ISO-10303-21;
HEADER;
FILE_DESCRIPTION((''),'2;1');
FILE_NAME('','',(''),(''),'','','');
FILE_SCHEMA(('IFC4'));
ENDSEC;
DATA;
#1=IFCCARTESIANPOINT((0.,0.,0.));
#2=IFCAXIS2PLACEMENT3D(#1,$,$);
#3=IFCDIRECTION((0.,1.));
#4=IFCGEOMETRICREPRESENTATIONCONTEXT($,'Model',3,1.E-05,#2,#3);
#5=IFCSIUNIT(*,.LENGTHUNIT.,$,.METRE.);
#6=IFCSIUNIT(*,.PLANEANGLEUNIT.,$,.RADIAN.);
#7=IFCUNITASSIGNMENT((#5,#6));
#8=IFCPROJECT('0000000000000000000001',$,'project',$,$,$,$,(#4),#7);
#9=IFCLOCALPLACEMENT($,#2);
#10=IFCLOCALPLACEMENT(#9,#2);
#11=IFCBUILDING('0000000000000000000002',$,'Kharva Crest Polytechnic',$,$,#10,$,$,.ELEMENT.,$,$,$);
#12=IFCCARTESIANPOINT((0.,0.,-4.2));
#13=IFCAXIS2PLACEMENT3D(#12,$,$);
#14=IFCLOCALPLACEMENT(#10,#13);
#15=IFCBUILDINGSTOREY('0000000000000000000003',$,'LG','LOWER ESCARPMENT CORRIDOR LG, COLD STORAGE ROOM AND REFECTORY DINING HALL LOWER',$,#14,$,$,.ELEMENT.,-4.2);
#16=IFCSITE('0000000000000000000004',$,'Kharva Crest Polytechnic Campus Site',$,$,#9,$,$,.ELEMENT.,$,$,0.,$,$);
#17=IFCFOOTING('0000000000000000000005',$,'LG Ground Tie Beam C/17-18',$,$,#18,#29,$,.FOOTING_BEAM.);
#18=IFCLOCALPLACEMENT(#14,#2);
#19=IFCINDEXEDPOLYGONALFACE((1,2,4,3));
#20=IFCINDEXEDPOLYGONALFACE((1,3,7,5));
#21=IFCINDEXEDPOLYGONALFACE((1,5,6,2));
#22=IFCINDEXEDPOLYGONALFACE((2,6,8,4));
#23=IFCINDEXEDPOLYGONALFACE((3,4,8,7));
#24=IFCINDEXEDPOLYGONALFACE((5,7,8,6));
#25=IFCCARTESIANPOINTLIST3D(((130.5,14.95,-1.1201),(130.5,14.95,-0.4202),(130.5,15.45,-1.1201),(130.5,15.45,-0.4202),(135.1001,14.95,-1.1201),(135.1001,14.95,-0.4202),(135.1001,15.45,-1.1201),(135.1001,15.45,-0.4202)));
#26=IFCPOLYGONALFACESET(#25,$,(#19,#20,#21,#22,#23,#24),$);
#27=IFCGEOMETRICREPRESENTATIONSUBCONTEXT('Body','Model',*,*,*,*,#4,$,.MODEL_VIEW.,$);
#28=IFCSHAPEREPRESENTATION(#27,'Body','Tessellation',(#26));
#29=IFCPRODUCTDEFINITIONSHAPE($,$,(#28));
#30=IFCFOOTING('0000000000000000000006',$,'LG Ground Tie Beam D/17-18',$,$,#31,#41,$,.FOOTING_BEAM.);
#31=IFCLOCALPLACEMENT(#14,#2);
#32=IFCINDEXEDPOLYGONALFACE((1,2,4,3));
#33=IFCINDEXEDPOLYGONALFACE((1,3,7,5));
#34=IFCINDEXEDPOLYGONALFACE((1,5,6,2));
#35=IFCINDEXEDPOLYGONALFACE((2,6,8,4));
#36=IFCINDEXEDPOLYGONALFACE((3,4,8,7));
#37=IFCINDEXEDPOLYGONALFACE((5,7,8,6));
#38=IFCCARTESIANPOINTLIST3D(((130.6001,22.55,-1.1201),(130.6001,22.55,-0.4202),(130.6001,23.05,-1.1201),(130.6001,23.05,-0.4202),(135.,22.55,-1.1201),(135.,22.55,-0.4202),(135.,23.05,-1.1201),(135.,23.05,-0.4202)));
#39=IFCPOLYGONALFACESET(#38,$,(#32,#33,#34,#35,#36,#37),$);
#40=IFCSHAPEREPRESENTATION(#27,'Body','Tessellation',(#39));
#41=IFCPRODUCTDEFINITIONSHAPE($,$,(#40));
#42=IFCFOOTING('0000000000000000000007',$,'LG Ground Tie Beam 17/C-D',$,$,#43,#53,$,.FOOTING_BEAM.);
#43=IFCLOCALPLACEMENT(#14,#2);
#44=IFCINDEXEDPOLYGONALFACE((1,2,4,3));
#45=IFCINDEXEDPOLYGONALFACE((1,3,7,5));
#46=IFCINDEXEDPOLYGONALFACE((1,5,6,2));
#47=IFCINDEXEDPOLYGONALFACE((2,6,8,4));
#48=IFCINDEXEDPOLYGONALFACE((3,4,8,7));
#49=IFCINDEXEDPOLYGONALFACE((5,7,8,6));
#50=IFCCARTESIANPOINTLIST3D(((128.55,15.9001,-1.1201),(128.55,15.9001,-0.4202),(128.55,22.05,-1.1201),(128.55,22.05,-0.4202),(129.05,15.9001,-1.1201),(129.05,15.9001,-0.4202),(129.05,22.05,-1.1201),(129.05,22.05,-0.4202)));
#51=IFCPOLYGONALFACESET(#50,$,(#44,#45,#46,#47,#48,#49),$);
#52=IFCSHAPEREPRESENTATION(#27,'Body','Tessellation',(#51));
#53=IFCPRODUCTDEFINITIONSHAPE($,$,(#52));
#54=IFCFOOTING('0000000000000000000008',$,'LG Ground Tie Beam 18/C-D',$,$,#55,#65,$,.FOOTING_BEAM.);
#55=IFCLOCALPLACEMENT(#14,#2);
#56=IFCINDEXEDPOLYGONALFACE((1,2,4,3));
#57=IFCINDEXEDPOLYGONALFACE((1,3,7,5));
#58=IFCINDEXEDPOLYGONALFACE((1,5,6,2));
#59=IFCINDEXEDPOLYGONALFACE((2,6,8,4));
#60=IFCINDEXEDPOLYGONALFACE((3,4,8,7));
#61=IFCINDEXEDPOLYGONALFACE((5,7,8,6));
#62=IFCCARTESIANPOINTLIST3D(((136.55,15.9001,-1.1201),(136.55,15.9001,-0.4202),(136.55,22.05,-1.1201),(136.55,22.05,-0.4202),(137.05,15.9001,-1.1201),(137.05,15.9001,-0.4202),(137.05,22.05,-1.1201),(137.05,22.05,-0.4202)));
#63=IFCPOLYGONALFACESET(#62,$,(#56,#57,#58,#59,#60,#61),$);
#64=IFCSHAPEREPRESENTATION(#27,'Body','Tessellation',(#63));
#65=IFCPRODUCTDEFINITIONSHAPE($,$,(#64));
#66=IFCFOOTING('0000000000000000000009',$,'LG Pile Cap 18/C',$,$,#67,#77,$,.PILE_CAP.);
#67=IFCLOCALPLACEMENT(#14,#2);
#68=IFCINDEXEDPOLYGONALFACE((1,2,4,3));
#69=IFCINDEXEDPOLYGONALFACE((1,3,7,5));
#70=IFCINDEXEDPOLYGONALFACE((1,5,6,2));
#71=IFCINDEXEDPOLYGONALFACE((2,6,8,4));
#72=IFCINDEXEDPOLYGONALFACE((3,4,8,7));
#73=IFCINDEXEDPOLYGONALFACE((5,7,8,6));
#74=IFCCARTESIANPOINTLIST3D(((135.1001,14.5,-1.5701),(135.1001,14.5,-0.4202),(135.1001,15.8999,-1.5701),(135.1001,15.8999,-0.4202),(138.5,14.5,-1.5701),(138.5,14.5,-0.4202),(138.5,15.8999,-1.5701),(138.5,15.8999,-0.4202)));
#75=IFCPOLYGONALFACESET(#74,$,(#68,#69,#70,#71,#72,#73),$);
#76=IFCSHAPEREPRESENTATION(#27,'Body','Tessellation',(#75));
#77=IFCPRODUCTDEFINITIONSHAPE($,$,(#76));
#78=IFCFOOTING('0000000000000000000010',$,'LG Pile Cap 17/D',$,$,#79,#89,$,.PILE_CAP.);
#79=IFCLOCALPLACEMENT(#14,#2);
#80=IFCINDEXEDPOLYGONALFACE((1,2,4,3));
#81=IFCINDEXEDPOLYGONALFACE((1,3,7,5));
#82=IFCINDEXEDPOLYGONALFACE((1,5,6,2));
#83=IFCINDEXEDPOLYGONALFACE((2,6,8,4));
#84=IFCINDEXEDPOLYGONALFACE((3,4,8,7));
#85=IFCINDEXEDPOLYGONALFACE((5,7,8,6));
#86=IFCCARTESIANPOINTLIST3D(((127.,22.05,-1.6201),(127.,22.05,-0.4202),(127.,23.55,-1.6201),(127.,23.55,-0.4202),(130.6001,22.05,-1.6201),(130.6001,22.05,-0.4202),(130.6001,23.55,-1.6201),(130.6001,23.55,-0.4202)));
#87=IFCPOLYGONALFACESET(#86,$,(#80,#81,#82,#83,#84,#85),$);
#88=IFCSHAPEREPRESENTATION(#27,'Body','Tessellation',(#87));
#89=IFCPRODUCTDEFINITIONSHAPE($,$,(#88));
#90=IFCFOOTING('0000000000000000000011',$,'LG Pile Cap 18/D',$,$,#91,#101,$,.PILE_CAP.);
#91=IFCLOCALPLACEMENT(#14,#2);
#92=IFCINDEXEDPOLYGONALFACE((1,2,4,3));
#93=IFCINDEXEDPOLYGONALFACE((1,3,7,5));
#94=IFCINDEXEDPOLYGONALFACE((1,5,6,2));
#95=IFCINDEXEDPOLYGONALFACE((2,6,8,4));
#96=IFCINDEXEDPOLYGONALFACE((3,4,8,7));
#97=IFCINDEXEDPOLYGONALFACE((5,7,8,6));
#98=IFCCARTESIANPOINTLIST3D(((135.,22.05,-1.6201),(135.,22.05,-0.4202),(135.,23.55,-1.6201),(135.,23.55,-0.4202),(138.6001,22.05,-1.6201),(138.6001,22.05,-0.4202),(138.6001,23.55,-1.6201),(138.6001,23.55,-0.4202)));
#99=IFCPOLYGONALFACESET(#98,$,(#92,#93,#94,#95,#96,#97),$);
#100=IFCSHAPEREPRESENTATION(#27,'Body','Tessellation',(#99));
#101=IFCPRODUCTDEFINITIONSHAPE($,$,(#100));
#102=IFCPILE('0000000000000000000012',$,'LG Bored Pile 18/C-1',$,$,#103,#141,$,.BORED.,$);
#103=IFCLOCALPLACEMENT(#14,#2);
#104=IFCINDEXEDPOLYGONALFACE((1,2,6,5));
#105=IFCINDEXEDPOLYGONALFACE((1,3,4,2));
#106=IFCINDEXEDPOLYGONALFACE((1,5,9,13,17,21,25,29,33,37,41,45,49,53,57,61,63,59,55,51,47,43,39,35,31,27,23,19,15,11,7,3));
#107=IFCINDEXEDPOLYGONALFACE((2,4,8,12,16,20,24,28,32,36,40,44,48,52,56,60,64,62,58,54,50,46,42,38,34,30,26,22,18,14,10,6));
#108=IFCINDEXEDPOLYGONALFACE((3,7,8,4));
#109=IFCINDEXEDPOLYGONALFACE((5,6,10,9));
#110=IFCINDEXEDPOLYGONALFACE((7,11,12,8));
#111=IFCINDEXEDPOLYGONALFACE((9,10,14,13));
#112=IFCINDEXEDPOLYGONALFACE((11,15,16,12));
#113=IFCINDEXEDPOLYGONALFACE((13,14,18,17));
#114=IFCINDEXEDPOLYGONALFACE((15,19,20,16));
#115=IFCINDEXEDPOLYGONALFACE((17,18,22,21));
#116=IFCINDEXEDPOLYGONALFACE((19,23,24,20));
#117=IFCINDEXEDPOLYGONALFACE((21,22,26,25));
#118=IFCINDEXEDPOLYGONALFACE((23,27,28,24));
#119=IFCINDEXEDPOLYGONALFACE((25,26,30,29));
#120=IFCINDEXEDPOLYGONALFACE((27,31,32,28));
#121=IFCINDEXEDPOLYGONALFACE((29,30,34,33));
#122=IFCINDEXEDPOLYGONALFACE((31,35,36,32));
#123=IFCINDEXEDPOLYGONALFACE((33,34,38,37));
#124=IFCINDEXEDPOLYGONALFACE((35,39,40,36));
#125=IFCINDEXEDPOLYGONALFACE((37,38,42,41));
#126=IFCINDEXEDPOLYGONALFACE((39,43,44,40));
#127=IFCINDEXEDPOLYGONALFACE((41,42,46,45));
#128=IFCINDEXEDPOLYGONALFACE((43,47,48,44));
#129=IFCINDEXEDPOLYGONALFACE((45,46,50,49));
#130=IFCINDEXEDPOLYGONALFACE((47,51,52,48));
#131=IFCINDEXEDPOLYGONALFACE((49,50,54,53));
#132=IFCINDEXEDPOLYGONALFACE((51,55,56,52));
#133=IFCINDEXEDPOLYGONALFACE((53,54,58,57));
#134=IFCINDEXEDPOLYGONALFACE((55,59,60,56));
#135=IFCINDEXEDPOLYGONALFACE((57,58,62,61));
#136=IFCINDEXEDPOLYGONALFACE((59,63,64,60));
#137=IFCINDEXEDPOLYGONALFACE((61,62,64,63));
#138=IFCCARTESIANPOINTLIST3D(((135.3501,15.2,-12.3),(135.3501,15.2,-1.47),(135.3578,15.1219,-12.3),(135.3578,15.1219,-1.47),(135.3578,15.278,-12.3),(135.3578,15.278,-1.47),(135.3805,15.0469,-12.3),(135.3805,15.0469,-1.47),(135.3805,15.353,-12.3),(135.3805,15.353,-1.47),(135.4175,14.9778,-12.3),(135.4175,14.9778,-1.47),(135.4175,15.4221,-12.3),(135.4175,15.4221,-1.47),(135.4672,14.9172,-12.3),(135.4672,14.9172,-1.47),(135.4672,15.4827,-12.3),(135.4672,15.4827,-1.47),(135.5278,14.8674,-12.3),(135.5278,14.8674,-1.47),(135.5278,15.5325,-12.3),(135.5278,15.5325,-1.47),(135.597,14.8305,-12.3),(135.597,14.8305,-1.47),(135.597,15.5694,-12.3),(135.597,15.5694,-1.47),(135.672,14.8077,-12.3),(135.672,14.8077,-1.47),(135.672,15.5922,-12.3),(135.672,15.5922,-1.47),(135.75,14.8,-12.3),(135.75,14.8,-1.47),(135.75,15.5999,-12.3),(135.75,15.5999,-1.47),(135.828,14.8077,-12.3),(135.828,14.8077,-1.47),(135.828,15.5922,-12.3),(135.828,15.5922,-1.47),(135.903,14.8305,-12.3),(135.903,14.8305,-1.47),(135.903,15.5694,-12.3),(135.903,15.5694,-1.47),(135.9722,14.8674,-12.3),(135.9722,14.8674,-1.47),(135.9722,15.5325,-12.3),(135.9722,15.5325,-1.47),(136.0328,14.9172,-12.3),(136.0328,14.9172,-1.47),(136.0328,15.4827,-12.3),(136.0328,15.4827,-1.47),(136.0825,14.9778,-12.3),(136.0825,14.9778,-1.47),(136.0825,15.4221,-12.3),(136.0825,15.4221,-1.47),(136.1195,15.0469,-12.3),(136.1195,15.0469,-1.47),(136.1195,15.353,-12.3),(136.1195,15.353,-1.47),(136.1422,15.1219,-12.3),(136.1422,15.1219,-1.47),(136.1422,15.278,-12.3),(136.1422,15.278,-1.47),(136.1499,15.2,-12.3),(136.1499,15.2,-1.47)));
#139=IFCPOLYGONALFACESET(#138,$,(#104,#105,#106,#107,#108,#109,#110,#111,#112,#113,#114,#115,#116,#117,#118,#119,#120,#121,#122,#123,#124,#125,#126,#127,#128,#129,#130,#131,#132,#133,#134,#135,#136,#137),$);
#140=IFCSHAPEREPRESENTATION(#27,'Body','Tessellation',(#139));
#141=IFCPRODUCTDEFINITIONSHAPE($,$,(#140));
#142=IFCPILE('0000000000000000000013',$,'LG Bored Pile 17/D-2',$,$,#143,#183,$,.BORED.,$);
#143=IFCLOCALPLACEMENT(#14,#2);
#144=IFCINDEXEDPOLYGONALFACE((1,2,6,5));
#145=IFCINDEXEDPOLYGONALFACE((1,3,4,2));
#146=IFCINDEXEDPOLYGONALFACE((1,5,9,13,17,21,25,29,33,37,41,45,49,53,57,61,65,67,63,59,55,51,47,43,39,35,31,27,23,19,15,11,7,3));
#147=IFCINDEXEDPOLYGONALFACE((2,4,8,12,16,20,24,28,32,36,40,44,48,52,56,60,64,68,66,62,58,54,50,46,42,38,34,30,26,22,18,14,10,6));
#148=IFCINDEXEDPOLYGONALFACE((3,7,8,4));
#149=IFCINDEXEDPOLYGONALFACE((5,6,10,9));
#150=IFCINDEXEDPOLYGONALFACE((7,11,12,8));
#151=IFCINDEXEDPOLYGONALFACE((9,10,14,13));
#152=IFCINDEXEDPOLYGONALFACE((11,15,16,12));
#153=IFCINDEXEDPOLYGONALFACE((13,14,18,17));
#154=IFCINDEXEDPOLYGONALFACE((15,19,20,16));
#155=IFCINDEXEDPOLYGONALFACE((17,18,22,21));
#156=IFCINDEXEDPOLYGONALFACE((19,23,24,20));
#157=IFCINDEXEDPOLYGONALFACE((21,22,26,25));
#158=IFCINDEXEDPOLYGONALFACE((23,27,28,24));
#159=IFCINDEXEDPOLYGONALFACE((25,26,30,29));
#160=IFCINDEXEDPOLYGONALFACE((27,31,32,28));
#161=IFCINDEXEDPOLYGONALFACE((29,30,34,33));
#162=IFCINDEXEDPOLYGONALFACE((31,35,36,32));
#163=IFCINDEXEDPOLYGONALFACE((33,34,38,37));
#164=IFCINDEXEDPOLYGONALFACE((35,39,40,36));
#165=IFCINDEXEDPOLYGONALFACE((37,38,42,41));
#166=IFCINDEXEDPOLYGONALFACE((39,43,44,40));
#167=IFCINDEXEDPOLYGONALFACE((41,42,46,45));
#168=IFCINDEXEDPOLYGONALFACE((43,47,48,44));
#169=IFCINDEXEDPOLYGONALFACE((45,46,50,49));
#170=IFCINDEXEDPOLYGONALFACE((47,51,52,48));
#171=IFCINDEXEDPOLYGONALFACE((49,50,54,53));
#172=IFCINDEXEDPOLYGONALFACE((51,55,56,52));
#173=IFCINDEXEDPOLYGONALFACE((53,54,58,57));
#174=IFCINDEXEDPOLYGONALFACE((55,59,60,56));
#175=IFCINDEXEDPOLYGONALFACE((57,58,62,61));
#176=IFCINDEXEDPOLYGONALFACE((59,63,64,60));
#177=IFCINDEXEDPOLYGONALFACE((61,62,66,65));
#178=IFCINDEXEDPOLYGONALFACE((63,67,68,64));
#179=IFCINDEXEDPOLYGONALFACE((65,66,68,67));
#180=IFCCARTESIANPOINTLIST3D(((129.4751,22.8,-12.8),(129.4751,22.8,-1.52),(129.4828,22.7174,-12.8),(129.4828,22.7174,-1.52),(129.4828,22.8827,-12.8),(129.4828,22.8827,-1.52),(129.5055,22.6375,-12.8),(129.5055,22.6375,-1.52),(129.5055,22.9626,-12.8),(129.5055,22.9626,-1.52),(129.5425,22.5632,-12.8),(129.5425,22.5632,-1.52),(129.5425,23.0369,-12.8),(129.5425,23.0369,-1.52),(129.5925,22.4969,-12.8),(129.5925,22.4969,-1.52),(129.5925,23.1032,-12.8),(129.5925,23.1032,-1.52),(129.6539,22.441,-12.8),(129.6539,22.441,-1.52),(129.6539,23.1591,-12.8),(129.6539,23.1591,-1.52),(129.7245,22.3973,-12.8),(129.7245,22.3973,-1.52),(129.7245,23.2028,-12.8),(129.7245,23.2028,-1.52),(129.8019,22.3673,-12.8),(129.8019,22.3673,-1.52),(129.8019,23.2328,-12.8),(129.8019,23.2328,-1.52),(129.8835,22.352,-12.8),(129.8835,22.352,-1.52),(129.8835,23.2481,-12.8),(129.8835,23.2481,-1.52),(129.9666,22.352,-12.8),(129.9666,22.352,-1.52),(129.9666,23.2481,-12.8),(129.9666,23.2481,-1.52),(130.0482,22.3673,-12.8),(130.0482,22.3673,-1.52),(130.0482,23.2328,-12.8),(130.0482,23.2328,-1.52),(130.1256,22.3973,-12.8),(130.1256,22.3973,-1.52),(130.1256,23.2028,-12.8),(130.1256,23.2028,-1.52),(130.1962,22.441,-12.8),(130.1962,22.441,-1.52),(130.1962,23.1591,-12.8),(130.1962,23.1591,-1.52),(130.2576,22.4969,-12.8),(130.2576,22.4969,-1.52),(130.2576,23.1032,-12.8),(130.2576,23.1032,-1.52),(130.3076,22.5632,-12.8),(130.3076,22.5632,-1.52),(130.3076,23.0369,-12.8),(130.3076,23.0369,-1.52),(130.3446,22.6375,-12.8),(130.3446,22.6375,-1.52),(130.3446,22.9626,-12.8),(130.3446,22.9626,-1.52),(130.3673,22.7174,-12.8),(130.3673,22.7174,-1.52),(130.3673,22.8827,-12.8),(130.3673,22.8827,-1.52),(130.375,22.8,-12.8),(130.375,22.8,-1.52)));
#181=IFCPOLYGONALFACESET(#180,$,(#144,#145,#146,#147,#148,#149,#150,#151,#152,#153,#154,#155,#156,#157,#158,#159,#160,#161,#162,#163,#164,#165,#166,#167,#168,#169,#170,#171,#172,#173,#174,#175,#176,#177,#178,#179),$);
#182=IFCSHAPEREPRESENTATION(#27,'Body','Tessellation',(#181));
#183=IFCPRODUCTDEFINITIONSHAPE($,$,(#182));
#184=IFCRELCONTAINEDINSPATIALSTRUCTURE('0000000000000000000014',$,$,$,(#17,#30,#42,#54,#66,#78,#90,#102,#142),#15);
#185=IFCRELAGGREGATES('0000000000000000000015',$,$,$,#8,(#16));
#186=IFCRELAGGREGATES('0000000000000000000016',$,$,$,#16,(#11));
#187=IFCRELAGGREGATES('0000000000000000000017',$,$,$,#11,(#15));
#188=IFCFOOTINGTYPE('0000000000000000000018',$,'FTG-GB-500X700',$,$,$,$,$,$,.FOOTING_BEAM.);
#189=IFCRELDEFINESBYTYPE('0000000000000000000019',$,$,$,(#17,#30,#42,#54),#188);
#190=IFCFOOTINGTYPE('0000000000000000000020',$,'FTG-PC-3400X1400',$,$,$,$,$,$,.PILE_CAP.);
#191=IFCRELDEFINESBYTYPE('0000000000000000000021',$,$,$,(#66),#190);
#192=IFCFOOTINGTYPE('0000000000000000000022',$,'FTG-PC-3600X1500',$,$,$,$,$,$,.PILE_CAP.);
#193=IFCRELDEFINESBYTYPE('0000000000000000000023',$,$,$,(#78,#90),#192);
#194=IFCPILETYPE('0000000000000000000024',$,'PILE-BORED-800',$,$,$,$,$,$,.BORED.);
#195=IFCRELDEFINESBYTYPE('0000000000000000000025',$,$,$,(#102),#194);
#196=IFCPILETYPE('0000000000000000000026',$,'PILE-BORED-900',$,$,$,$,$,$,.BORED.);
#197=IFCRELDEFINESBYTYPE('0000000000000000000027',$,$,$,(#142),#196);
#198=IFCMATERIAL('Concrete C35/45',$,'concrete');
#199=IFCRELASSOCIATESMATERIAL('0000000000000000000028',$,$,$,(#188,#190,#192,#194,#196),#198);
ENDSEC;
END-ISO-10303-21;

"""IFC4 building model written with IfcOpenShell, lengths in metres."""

from ifc_helpers import new_model, si_unit, direction, frame, origin, origin_2d, place, context, subcontext, project, spatial, rectangle, circle, extrude, material, material_profile, profile_set, type_object, element, save


model = new_model("IFC4")

# Units and contexts
model_context = context("Model", 3, precision=1e-05, world=origin(), true_north=direction((0.0, 1.0)))
body_context = subcontext(model_context, "Body", "Model", "MODEL_VIEW")
ifc_project = project(units=[si_unit("LENGTHUNIT", "METRE"), si_unit("PLANEANGLEUNIT", "RADIAN")], contexts=[model_context])

# Site, building, storey
site_placement = place(None, origin())
site = spatial("IfcSite", under=ifc_project, at=site_placement, Name="Kharva Crest Polytechnic Campus Site", CompositionType="ELEMENT", RefElevation=0.0)
building_placement = place(site_placement, origin())
building = spatial("IfcBuilding", under=site, at=building_placement, Name="Kharva Crest Polytechnic", CompositionType="ELEMENT")
storey_placement = place(building_placement, frame((0.0, 0.0, -4.2)))
storey = spatial("IfcBuildingStorey", under=building, at=storey_placement, Name="LG", Description="LOWER ESCARPMENT CORRIDOR LG, COLD STORAGE ROOM AND REFECTORY DINING HALL LOWER", CompositionType="ELEMENT", Elevation=-4.2)

# Footings
ifc_material_1 = material(Name="Concrete C35/45", Category="concrete")
footing_type_1 = type_object("IfcFootingType", Name="FTG-GB-500X700", PredefinedType="FOOTING_BEAM", material=ifc_material_1)
footing_1_placement = place(storey_placement, frame((132.8, 15.2, -1.1201), z_axis=(0.0, 0.0, 1.0), x_axis=(1.0, 0.0, 0.0)))
element("IfcFooting", 1, at=footing_1_placement, inside=storey, type_object=footing_type_1, Name="LG Ground Tie Beam C/17-18", PredefinedType="FOOTING_BEAM", context=body_context, shape_type="SweptSolid", body=[
    extrude(rectangle(XDim=4.6001, YDim=0.5, at=origin_2d()), origin(), (0.0, 0.0, 1.0), 0.7),
])
footing_2_placement = place(storey_placement, frame((132.8, 22.8, -1.1201), z_axis=(0.0, 0.0, 1.0), x_axis=(1.0, 0.0, 0.0)))
element("IfcFooting", 2, at=footing_2_placement, inside=storey, type_object=footing_type_1, Name="LG Ground Tie Beam D/17-18", PredefinedType="FOOTING_BEAM", context=body_context, shape_type="SweptSolid", body=[
    extrude(rectangle(XDim=4.3999, YDim=0.5, at=origin_2d()), origin(), (0.0, 0.0, 1.0), 0.7),
])
for number, where, z_axis, x_axis, name in (
    (3, (128.8, 18.9751, -1.1201), (0.0, 0.0, 1.0), (0.0, 1.0, 0.0), "LG Ground Tie Beam 17/C-D"),
    (4, (136.8, 18.9751, -1.1201), (0.0, 0.0, 1.0), (0.0, 1.0, 0.0), "LG Ground Tie Beam 18/C-D"),
):
    element("IfcFooting", number, at=place(storey_placement, frame(where, z_axis=z_axis, x_axis=x_axis)), inside=storey, type_object=footing_type_1, Name=name, PredefinedType="FOOTING_BEAM", context=body_context, shape_type="SweptSolid", body=[
        extrude(rectangle(XDim=6.1499, YDim=0.5, at=origin_2d()), origin(), (0.0, 0.0, 1.0), 0.7),
    ])
footing_type_2 = type_object("IfcFootingType", Name="FTG-PC-3400X1400", PredefinedType="PILE_CAP", material=ifc_material_1)
footing_3_placement = place(storey_placement, frame((136.8, 15.2, -1.5701), z_axis=(0.0, 0.0, 1.0), x_axis=(1.0, 0.0, 0.0)))
element("IfcFooting", 5, at=footing_3_placement, inside=storey, type_object=footing_type_2, Name="LG Pile Cap 18/C", PredefinedType="PILE_CAP", context=body_context, shape_type="SweptSolid", body=[
    extrude(rectangle(XDim=3.3999, YDim=1.3999, at=origin_2d()), origin(), (0.0, 0.0, 1.0), 1.1499),
])
footing_type_3 = type_object("IfcFootingType", Name="FTG-PC-3600X1500", PredefinedType="PILE_CAP", material=ifc_material_1)
for number, where, z_axis, x_axis, name in (
    (6, (128.8, 22.8, -1.6201), (0.0, 0.0, 1.0), (1.0, 0.0, 0.0), "LG Pile Cap 17/D"),
    (7, (136.8, 22.8, -1.6201), (0.0, 0.0, 1.0), (1.0, 0.0, 0.0), "LG Pile Cap 18/D"),
):
    element("IfcFooting", number, at=place(storey_placement, frame(where, z_axis=z_axis, x_axis=x_axis)), inside=storey, type_object=footing_type_3, Name=name, PredefinedType="PILE_CAP", context=body_context, shape_type="SweptSolid", body=[
        extrude(rectangle(XDim=3.6001, YDim=1.5, at=origin_2d()), origin(), (0.0, 0.0, 1.0), 1.2),
    ])

# Piles
ifc_material_profile_1 = material_profile(ifc_material_1, circle(Radius=0.3999, at=origin_2d()), Name="DIA 800")
ifc_profile_set_1 = profile_set([ifc_material_profile_1], Name="Concrete C35/45")
pile_type_1 = type_object("IfcPileType", Name="PILE-BORED-800", PredefinedType="BORED", material=ifc_profile_set_1)
pile_placement = place(storey_placement, frame((135.75, 15.2, -1.47), z_axis=(0.0, 0.0, -1.0), x_axis=(1.0, 0.0, 0.0)))
element("IfcPile", 8, at=pile_placement, inside=storey, type_object=pile_type_1, Name="LG Bored Pile 18/C-1", PredefinedType="BORED", context=body_context, shape_type="SweptSolid", body=[
    extrude(circle(Radius=0.3999, at=origin_2d()), origin(), (0.0, 0.0, 1.0), 10.8301),
])
ifc_material_profile_2 = material_profile(ifc_material_1, circle(Radius=0.45, at=origin_2d()), Name="DIA 900")
ifc_profile_set_2 = profile_set([ifc_material_profile_2], Name="Concrete C35/45")
pile_type_2 = type_object("IfcPileType", Name="PILE-BORED-900", PredefinedType="BORED", material=ifc_profile_set_2)
for number, where, z_axis, x_axis, name in (
    (9, (129.925, 22.8, -1.52), (0.0, 0.0, -1.0), (1.0, 0.0, 0.0), "LG Bored Pile 17/D-2"),
):
    element("IfcPile", number, at=place(storey_placement, frame(where, z_axis=z_axis, x_axis=x_axis)), inside=storey, type_object=pile_type_2, Name=name, PredefinedType="BORED", context=body_context, shape_type="SweptSolid", body=[
        extrude(circle(Radius=0.45, at=origin_2d()), origin(), (0.0, 0.0, 1.0), 11.28),
    ])

save(model, "model.ifc")
